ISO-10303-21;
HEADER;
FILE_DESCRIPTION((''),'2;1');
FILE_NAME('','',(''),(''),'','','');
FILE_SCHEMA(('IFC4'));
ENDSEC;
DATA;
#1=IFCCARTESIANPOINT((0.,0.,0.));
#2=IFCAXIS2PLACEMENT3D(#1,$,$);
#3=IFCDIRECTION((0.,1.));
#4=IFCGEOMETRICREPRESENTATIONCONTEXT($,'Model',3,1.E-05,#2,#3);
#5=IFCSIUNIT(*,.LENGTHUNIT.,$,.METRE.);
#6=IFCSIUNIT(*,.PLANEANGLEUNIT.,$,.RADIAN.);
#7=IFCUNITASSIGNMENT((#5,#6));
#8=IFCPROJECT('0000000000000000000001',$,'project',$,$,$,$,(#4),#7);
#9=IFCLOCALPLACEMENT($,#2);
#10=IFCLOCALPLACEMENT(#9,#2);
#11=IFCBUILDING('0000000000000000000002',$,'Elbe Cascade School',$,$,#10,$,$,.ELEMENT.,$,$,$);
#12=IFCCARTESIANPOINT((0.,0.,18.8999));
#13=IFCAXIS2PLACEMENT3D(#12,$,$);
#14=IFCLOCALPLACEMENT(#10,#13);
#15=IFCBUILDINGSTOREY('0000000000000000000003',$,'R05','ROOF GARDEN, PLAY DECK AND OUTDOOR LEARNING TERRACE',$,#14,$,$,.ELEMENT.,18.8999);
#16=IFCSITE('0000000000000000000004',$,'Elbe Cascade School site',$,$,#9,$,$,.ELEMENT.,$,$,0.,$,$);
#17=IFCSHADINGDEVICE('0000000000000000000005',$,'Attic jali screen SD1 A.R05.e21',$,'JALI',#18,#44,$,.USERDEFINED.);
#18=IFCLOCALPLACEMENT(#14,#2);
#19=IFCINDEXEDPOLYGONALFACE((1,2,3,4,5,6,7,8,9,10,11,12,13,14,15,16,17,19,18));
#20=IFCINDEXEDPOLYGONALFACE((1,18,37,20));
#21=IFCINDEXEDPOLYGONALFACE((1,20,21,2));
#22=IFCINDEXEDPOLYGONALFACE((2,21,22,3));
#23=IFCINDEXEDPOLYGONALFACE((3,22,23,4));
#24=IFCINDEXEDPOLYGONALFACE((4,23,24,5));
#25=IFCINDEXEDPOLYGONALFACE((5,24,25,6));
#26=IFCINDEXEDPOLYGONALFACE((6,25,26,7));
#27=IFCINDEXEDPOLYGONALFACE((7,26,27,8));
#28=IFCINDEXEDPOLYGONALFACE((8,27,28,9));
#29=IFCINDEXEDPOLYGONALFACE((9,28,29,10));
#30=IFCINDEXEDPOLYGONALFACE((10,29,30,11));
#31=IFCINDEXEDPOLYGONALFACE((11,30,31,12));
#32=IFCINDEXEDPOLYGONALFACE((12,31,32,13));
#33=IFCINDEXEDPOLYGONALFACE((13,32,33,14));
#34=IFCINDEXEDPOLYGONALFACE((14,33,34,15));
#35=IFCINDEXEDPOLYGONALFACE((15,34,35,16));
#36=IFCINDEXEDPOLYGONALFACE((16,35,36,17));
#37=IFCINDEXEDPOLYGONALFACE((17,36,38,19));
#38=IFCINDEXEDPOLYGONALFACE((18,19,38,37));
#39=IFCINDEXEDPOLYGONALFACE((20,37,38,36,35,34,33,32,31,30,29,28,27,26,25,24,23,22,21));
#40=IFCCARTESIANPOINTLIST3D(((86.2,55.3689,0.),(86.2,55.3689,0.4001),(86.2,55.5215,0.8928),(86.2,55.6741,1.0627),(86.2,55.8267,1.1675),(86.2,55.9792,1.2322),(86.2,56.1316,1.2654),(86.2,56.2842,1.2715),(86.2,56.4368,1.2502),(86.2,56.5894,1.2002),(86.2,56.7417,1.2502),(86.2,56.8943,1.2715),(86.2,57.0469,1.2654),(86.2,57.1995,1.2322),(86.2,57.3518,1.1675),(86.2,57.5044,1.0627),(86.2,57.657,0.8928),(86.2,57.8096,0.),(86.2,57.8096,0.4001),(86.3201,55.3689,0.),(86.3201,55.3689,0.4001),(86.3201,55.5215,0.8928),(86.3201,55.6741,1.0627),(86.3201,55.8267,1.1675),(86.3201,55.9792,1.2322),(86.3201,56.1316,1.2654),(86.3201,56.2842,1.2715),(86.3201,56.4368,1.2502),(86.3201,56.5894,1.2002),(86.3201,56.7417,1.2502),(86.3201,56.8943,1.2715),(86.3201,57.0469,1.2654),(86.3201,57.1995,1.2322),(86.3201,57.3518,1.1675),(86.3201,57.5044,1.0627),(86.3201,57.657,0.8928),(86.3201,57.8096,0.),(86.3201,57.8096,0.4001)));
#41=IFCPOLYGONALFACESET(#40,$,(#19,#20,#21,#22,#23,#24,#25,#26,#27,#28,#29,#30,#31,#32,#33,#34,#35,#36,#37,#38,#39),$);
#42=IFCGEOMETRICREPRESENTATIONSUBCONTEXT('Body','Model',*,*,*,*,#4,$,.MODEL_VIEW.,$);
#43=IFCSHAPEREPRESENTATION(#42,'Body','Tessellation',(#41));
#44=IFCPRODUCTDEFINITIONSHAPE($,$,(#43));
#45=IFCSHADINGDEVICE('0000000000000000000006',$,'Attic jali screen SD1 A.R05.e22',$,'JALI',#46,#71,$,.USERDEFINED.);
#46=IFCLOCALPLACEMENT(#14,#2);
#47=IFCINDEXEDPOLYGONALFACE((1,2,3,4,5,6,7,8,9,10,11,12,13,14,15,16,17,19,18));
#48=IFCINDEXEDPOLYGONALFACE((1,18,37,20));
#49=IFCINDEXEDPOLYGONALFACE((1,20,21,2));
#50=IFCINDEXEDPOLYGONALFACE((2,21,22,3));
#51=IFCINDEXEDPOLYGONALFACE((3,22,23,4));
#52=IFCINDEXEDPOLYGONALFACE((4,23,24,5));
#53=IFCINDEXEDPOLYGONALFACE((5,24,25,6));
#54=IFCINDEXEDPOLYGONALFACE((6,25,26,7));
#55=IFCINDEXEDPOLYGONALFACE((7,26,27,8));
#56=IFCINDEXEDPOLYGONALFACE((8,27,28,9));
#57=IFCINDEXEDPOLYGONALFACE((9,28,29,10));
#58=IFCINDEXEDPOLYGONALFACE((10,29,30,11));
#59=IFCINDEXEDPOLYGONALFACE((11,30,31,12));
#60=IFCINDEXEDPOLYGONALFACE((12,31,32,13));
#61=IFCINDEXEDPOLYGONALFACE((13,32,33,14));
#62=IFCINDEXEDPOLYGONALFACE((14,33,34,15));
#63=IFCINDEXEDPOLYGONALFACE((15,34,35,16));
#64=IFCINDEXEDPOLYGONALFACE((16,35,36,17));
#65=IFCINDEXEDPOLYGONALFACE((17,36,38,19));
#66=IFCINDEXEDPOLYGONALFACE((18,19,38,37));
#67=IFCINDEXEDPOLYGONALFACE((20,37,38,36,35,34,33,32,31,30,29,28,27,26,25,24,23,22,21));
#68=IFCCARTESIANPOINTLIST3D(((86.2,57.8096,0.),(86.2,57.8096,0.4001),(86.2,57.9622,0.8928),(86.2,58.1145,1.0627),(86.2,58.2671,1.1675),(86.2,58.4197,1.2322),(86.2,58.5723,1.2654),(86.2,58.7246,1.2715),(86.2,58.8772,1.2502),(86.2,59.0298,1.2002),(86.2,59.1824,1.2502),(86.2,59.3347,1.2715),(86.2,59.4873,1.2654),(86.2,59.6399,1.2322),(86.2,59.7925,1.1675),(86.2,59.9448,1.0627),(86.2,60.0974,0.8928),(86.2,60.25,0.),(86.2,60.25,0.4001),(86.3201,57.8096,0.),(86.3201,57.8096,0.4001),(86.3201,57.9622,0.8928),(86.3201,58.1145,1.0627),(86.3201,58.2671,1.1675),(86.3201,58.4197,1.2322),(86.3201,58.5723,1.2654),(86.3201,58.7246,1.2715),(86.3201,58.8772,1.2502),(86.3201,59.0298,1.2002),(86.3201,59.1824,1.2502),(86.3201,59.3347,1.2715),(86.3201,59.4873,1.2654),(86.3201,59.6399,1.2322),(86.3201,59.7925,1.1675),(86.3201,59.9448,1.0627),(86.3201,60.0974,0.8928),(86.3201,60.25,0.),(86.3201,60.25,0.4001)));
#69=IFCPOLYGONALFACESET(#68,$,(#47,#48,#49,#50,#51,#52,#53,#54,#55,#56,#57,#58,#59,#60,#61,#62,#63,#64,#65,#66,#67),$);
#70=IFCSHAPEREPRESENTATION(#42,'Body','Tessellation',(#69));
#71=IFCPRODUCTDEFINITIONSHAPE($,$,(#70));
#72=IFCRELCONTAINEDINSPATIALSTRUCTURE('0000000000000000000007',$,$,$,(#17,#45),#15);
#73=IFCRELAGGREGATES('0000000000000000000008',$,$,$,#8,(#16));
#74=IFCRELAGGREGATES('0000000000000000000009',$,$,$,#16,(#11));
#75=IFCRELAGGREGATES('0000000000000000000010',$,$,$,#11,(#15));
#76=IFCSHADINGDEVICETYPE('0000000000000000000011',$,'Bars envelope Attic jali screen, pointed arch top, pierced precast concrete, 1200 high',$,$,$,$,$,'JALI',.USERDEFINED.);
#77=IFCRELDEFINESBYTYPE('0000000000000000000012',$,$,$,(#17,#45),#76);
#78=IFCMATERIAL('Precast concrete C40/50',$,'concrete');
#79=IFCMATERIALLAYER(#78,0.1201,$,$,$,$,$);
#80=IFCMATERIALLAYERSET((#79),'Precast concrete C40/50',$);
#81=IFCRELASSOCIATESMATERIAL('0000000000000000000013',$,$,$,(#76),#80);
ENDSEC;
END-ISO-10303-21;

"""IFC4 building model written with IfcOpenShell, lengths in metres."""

from ifc_helpers import new_model, si_unit, direction, frame, origin, place, context, subcontext, project, spatial, polyline, outline, extrude, material, layer, layer_set, type_object, element, save


model = new_model("IFC4")

# Units and contexts
model_context = context("Model", 3, precision=1e-05, world=origin(), true_north=direction((0.0, 1.0)))
body_context = subcontext(model_context, "Body", "Model", "MODEL_VIEW")
ifc_project = project(units=[si_unit("LENGTHUNIT", "METRE"), si_unit("PLANEANGLEUNIT", "RADIAN")], contexts=[model_context])

# Site, building, storey
site_placement = place(None, origin())
site = spatial("IfcSite", under=ifc_project, at=site_placement, Name="Elbe Cascade School site", CompositionType="ELEMENT", RefElevation=0.0)
building_placement = place(site_placement, origin())
building = spatial("IfcBuilding", under=site, at=building_placement, Name="Elbe Cascade School", CompositionType="ELEMENT")
storey_placement = place(building_placement, frame((0.0, 0.0, 18.8999)))
storey = spatial("IfcBuildingStorey", under=building, at=storey_placement, Name="R05", Description="ROOF GARDEN, PLAY DECK AND OUTDOOR LEARNING TERRACE", CompositionType="ELEMENT", Elevation=18.8999)

# Shading devices
ifc_material_1 = material(Name="Precast concrete C40/50", Category="concrete")
ifc_layer_1 = layer(ifc_material_1, 0.1201)
ifc_layer_set_1 = layer_set([ifc_layer_1], Name="Precast concrete C40/50")
shading_device_type = type_object("IfcShadingDeviceType", Name="Bars envelope Attic jali screen, pointed arch top, pierced precast concrete, 1200 high", ElementType="JALI", PredefinedType="USERDEFINED", material=ifc_layer_set_1)
shading_device_1_placement = place(storey_placement, frame((86.3201, 55.3689, 0.0), z_axis=(1.0, 0.0, 0.0), x_axis=(0.0, 1.0, 0.0)))
element("IfcShadingDevice", 1, at=shading_device_1_placement, inside=storey, type_object=shading_device_type, Name="Attic jali screen SD1 A.R05.e21", ObjectType="JALI", PredefinedType="USERDEFINED", context=body_context, shape_type="SweptSolid", body=[
    extrude(outline(polyline([(0.0, 0.0), (2.4407, 0.0), (2.4407, 0.4001), (2.2881, 0.8928), (2.1355, 1.0627), (1.9829, 1.1675), (1.8306, 1.2322), (1.678, 1.2654), (1.5254, 1.2715), (1.3728, 1.2502), (1.2205, 1.2002), (1.0679, 1.2502), (0.9153, 1.2715), (0.7627, 1.2654), (0.6104, 1.2322), (0.4578, 1.1675), (0.3052, 1.0627), (0.1526, 0.8928), (0.0, 0.4001), (0.0, 0.0)])), origin(), (0.0, 0.0, -1.0), 0.1201),
])
shading_device_2_placement = place(storey_placement, frame((86.3201, 57.8096, 0.0), z_axis=(1.0, 0.0, 0.0), x_axis=(0.0, 1.0, 0.0)))
element("IfcShadingDevice", 2, at=shading_device_2_placement, inside=storey, type_object=shading_device_type, Name="Attic jali screen SD1 A.R05.e22", ObjectType="JALI", PredefinedType="USERDEFINED", context=body_context, shape_type="SweptSolid", body=[
    extrude(outline(polyline([(0.0, 0.0), (2.4404, 0.0), (2.4404, 0.4001), (2.2878, 0.8928), (2.1353, 1.0627), (1.9829, 1.1675), (1.8303, 1.2322), (1.6777, 1.2654), (1.5251, 1.2715), (1.3728, 1.2502), (1.2202, 1.2002), (1.0676, 1.2502), (0.915, 1.2715), (0.7627, 1.2654), (0.6101, 1.2322), (0.4575, 1.1675), (0.3049, 1.0627), (0.1526, 0.8928), (0.0, 0.4001), (0.0, 0.0)])), origin(), (0.0, 0.0, -1.0), 0.1201),
])

save(model, "model.ifc")
